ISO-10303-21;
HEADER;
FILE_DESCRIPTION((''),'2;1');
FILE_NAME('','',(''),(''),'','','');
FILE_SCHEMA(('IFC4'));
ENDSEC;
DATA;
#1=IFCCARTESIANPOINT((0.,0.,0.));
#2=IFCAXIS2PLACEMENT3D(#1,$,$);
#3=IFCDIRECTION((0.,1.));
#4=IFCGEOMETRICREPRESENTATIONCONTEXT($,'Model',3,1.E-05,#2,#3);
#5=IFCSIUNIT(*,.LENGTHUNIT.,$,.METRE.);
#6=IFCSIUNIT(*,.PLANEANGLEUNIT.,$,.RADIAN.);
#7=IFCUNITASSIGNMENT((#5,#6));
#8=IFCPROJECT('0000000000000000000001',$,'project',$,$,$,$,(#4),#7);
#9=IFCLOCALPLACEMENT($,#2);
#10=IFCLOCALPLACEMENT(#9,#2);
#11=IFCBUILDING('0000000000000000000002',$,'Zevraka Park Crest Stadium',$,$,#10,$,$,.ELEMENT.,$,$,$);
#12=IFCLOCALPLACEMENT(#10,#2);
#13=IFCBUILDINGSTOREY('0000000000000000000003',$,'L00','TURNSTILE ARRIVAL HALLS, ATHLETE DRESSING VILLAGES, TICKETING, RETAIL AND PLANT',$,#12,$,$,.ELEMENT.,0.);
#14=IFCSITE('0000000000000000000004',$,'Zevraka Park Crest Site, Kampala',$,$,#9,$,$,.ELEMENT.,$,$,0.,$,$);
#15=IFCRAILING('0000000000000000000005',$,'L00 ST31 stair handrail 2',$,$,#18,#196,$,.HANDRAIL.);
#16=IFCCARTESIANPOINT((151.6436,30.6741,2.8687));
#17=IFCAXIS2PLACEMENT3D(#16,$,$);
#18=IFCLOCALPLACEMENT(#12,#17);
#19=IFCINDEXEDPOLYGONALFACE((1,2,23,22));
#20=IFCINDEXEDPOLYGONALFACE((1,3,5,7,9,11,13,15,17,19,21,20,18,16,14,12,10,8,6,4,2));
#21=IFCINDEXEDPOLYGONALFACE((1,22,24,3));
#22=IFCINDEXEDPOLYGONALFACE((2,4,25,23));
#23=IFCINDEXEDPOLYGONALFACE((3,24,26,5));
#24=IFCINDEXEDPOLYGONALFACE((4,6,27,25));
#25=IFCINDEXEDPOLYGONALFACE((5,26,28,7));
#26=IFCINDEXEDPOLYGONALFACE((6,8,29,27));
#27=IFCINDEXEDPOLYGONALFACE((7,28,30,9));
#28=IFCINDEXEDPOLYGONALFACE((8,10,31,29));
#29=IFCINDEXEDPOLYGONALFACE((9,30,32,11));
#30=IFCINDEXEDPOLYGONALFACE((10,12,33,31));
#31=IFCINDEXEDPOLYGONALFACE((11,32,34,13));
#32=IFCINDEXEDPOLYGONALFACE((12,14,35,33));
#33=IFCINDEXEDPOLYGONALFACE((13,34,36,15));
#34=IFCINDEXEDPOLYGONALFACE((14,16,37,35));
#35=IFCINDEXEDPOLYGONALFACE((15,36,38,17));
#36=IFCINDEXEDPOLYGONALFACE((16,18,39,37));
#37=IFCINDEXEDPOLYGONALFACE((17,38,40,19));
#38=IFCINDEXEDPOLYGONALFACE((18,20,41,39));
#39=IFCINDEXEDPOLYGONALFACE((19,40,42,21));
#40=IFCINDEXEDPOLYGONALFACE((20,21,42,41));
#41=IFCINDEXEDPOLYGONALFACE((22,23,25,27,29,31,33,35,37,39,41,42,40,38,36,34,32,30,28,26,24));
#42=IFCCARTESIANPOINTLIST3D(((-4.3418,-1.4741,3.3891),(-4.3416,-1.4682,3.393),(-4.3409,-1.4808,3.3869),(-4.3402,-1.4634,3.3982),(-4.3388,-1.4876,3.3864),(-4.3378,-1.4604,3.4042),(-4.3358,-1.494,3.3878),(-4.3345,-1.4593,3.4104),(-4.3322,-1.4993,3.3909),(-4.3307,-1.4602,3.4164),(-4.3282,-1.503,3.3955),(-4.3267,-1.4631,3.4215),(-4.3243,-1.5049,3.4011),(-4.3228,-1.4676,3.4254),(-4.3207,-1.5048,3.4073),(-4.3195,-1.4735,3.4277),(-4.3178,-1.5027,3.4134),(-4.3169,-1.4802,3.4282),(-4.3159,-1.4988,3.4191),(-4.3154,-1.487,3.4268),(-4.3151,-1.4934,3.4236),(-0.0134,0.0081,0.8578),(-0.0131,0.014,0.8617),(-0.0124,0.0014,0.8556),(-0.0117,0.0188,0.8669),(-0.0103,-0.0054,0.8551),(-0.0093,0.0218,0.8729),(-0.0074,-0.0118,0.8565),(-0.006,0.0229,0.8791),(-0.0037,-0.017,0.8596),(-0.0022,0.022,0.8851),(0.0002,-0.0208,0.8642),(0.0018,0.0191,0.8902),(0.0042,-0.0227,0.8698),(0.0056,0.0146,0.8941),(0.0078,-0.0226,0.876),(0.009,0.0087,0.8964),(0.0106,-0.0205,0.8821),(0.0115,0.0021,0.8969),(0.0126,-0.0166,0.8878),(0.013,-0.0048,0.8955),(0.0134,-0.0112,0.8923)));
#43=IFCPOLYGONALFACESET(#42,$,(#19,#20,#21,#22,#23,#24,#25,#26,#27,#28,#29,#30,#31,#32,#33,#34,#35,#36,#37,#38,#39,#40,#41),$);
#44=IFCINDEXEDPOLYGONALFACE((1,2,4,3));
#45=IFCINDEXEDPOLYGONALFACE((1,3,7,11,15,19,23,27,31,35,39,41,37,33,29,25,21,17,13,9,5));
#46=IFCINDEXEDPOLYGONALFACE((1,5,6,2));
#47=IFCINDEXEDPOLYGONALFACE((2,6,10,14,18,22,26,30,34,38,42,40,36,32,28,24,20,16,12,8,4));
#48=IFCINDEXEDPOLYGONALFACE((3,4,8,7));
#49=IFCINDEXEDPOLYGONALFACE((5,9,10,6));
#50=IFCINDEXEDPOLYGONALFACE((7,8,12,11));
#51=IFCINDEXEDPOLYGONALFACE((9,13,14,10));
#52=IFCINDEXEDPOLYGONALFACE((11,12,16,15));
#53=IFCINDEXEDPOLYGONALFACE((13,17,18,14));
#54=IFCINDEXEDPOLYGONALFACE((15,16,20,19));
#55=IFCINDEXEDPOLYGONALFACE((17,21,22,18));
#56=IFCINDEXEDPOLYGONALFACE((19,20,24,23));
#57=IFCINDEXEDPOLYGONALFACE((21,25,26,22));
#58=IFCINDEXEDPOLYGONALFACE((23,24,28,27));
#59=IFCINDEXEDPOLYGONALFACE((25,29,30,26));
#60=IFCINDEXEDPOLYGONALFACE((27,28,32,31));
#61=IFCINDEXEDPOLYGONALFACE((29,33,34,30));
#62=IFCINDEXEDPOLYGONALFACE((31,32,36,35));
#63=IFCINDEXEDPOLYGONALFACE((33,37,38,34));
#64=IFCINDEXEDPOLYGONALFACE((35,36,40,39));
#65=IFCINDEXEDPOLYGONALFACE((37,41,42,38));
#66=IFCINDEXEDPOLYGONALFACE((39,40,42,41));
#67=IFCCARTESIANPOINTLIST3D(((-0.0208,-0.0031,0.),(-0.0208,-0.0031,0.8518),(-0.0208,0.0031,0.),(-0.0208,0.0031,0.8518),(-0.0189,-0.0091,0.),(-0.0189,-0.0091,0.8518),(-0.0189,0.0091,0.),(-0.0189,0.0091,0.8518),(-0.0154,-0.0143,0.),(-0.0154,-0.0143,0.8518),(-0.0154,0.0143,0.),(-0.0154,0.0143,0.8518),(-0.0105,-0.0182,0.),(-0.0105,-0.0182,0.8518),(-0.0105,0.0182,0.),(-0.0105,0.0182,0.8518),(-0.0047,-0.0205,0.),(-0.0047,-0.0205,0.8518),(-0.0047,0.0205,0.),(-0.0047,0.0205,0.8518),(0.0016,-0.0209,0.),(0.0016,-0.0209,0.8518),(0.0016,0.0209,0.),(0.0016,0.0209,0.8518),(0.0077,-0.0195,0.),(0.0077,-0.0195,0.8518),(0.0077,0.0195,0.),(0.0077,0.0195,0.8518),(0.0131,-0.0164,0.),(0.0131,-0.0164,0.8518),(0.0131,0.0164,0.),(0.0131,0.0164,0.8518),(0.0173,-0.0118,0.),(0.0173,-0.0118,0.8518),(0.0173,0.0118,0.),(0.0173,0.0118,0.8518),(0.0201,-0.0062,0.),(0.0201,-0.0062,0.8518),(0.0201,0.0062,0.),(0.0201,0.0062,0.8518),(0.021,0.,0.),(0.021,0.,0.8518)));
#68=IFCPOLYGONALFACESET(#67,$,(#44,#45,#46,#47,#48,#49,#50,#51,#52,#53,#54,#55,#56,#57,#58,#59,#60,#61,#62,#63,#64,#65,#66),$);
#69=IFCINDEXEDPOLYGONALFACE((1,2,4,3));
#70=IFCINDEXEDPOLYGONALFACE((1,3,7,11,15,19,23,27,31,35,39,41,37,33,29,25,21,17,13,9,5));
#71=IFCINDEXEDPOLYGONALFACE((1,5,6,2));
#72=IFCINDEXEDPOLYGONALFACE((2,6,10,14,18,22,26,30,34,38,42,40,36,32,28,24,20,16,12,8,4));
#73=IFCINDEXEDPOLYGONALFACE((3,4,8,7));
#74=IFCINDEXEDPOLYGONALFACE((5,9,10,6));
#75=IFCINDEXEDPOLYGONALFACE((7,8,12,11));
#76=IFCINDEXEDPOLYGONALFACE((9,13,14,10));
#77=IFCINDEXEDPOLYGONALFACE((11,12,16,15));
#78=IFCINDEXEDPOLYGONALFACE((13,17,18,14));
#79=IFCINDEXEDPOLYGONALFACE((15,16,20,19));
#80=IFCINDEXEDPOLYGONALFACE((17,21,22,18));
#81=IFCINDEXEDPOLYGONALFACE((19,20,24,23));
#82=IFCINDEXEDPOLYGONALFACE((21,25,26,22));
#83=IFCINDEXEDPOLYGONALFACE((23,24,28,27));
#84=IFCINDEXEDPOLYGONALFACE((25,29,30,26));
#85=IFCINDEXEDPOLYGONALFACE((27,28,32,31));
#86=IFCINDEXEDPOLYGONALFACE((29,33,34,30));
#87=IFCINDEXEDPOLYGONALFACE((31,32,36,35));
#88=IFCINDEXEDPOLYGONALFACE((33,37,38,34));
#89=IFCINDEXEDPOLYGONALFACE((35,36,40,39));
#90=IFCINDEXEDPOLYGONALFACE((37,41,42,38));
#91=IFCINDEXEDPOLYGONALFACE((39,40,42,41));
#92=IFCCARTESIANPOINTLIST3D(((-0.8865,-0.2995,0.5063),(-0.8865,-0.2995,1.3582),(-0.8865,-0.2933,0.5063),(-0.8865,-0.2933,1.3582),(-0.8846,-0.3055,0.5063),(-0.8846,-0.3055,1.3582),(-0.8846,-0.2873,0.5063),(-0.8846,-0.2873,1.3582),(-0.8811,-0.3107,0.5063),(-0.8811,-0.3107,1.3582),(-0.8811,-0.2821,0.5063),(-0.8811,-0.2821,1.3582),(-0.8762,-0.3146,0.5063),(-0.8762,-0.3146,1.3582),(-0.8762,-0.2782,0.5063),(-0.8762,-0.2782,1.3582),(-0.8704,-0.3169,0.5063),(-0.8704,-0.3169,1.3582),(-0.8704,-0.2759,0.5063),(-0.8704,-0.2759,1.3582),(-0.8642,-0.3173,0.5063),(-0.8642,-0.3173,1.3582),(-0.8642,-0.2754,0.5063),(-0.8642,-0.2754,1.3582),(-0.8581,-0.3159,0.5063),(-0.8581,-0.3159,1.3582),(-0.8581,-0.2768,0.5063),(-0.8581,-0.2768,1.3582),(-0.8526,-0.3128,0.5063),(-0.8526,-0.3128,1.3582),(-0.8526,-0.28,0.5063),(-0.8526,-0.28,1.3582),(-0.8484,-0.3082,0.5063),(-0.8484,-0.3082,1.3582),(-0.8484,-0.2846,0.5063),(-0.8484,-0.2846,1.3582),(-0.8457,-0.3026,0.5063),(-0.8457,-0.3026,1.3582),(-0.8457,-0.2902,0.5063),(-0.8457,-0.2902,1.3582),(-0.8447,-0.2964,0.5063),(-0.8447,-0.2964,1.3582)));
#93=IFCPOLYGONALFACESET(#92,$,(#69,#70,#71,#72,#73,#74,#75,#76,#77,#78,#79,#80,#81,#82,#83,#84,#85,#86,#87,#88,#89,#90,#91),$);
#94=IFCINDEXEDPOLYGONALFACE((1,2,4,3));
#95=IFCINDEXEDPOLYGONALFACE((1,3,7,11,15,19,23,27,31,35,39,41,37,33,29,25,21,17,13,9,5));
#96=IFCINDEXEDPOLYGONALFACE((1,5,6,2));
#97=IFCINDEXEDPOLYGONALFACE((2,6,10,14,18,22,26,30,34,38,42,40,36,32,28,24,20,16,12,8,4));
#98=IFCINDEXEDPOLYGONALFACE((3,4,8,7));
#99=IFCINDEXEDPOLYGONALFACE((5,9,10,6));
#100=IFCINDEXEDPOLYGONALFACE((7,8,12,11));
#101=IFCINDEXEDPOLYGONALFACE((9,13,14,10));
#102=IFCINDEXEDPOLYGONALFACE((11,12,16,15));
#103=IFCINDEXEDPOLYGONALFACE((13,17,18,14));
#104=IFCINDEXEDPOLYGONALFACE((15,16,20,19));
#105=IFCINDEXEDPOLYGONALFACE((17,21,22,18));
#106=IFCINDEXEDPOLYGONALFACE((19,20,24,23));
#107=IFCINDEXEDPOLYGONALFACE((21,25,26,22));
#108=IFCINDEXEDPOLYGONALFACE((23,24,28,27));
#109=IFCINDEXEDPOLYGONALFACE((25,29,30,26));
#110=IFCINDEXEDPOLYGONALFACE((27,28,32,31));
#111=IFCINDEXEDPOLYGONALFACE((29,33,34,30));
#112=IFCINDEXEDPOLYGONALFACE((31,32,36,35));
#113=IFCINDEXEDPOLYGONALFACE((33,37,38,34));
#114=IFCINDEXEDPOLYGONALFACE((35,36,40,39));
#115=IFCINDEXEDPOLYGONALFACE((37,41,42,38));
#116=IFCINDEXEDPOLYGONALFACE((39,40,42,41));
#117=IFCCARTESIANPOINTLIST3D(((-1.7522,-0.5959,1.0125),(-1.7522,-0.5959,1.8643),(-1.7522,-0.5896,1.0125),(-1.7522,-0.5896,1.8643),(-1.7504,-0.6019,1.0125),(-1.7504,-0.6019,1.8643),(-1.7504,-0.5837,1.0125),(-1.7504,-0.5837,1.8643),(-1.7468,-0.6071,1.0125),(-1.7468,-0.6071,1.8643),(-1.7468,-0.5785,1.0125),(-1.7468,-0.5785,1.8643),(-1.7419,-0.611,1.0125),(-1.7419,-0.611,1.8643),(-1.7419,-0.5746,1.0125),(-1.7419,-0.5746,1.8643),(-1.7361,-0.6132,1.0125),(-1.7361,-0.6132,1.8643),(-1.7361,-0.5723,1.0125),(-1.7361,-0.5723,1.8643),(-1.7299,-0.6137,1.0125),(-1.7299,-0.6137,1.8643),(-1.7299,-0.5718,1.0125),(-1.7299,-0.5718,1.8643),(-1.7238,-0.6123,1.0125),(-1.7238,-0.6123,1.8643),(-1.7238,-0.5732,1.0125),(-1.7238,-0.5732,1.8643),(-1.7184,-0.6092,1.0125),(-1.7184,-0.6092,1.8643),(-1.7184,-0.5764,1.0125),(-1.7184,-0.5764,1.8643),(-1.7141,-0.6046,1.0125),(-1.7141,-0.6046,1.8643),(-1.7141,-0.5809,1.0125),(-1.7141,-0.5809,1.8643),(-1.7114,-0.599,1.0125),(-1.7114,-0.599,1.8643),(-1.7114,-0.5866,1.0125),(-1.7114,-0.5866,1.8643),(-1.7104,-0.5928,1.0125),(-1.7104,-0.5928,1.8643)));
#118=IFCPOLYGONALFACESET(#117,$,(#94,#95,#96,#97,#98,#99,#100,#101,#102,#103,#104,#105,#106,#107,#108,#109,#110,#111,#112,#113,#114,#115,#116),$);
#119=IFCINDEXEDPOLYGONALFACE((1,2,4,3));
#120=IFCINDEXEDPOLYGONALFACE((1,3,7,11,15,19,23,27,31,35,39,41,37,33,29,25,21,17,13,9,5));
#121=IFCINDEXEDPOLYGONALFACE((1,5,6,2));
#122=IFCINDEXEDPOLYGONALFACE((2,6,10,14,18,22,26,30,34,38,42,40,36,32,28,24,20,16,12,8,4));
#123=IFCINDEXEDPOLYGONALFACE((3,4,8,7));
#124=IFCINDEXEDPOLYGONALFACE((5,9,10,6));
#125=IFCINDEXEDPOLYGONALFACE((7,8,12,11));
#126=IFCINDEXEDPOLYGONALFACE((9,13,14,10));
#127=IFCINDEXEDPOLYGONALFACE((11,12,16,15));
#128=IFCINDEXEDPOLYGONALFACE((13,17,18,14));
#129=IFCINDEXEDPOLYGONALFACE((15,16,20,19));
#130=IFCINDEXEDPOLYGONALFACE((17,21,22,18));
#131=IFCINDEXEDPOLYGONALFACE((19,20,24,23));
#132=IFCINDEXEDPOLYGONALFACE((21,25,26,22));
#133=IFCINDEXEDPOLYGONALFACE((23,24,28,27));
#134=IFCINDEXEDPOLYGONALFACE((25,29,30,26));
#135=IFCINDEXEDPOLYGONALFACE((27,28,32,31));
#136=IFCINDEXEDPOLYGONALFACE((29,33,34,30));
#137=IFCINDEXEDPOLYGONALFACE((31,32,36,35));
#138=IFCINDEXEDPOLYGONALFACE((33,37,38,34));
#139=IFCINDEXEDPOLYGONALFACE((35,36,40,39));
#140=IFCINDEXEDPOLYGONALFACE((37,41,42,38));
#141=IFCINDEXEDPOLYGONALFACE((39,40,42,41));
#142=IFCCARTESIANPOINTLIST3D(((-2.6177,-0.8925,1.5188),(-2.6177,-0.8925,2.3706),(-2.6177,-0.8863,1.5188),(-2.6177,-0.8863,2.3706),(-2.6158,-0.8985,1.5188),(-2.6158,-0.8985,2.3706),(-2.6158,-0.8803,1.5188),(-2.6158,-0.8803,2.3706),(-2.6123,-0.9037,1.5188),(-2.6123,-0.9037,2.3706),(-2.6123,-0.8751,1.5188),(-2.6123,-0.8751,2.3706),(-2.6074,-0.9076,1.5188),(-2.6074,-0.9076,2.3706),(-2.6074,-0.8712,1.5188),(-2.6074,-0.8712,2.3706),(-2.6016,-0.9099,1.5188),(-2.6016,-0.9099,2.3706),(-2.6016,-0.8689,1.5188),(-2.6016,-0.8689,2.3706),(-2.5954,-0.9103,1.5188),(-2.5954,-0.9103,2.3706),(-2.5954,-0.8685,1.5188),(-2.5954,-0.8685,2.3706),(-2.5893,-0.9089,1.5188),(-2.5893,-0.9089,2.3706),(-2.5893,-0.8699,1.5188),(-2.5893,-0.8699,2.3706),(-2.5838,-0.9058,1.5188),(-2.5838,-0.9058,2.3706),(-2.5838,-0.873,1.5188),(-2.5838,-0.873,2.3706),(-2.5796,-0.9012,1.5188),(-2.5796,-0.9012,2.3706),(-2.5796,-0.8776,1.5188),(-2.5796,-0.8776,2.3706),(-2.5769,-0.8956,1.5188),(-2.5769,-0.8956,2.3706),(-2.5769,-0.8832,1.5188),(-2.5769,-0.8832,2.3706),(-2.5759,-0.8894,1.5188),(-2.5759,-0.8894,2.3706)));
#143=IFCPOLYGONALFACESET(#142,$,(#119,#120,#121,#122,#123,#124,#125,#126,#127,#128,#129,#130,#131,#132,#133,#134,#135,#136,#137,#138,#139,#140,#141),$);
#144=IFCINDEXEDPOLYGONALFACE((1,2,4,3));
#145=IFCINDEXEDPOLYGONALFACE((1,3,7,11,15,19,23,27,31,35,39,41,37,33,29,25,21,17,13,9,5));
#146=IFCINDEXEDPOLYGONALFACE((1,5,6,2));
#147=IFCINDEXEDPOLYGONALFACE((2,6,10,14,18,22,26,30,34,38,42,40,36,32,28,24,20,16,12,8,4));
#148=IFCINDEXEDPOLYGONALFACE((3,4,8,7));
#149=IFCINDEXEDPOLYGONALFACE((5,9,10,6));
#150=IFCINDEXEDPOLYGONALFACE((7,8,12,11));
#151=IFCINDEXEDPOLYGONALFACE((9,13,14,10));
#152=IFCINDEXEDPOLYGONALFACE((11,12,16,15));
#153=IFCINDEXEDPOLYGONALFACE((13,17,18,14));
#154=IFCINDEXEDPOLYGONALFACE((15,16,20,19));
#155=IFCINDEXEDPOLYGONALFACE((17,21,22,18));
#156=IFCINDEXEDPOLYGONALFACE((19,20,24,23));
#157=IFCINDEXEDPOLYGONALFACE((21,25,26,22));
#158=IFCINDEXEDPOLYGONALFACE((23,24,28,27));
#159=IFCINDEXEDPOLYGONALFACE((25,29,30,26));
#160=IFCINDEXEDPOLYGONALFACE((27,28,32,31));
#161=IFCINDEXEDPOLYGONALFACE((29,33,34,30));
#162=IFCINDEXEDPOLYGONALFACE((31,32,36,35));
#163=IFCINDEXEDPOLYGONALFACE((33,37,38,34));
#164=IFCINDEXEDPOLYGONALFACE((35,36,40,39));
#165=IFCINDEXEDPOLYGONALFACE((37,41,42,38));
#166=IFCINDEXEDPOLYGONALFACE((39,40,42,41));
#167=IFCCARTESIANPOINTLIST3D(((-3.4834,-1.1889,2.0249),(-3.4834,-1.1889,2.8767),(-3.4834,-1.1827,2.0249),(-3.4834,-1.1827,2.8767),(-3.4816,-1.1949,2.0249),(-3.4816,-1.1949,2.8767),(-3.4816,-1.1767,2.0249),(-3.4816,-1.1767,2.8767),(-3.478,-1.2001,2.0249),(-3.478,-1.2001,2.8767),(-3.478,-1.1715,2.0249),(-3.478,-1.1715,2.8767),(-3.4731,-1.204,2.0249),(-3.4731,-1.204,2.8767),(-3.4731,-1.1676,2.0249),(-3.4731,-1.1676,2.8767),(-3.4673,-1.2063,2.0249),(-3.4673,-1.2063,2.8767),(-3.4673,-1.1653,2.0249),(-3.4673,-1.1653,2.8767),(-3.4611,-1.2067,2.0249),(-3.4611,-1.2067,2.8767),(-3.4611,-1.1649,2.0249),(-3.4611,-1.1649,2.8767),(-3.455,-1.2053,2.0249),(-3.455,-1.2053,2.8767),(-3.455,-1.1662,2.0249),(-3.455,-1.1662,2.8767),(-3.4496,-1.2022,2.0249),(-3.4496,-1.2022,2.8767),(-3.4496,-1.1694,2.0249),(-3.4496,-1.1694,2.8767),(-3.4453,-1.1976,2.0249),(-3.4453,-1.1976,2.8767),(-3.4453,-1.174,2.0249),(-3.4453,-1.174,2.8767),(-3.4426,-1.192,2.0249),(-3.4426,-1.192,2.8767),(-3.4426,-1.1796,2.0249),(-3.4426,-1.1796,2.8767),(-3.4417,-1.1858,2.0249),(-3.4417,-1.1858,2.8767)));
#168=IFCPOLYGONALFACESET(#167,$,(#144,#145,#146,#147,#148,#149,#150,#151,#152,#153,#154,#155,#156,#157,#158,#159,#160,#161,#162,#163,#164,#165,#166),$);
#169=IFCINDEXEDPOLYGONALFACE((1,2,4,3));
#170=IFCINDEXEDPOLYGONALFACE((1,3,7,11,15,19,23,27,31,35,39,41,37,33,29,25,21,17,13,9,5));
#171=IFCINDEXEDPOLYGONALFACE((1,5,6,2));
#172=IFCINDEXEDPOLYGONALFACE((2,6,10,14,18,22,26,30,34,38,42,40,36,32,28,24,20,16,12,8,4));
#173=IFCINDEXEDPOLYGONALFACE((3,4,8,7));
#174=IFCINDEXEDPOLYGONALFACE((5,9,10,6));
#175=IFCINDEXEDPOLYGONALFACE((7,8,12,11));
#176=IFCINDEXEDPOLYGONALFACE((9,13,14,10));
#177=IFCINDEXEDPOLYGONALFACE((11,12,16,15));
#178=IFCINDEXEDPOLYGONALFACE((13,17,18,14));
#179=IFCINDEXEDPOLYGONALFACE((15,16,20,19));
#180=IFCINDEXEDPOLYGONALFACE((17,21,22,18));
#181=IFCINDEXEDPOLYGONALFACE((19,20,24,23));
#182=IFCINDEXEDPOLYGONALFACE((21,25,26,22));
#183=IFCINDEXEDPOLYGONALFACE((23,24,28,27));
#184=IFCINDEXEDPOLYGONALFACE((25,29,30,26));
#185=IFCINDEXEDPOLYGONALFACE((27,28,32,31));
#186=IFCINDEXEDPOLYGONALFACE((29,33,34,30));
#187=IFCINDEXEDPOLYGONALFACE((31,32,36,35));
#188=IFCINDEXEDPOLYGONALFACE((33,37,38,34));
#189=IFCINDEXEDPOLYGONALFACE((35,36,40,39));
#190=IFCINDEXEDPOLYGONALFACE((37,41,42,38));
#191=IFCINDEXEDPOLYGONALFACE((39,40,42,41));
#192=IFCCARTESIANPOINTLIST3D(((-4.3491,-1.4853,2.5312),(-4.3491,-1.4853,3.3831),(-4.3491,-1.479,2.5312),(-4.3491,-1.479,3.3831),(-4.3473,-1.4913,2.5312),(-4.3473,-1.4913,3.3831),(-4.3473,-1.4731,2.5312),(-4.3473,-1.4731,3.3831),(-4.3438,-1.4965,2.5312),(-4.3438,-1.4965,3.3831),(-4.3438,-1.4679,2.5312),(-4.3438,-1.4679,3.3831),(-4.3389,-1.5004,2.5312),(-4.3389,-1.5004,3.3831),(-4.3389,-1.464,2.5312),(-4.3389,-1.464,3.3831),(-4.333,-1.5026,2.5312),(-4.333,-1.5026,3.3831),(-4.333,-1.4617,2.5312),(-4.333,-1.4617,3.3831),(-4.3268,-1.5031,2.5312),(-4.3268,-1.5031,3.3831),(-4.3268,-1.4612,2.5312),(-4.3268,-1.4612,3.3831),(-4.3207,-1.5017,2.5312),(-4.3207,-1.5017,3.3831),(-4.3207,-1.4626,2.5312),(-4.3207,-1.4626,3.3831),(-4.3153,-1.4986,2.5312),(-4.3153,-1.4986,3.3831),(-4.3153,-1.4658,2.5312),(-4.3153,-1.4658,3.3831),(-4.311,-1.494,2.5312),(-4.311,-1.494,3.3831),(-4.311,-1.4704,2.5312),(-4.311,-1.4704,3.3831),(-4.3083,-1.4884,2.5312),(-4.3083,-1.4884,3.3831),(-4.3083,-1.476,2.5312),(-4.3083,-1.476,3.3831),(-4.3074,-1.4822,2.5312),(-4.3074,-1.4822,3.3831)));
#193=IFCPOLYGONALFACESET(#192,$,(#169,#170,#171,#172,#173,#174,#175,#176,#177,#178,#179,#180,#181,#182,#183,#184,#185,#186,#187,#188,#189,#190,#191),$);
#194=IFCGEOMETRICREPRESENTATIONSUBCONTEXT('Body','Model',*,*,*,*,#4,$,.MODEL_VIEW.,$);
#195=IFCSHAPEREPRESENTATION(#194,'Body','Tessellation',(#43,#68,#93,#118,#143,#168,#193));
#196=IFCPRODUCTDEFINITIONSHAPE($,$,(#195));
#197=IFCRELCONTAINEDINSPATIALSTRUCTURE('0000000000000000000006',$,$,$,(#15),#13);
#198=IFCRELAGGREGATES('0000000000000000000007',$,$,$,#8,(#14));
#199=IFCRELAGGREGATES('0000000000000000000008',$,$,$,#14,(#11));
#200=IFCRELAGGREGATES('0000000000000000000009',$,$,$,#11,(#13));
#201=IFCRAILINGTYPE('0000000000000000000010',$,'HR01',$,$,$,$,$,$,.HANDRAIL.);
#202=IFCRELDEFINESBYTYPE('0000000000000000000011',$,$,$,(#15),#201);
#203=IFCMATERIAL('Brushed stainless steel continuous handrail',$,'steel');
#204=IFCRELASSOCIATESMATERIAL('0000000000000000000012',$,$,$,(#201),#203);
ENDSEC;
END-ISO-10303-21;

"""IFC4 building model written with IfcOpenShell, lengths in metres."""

from ifc_helpers import new_model, si_unit, direction, frame, origin, origin_2d, place, context, subcontext, project, spatial, circle, extrude, material, type_object, element, save


model = new_model("IFC4")

# Units and contexts
model_context = context("Model", 3, precision=1e-05, world=origin(), true_north=direction((0.0, 1.0)))
body_context = subcontext(model_context, "Body", "Model", "MODEL_VIEW")
ifc_project = project(units=[si_unit("LENGTHUNIT", "METRE"), si_unit("PLANEANGLEUNIT", "RADIAN")], contexts=[model_context])

# Site, building, storey
site_placement = place(None, origin())
site = spatial("IfcSite", under=ifc_project, at=site_placement, Name="Zevraka Park Crest Site, Kampala", CompositionType="ELEMENT", RefElevation=0.0)
building_placement = place(site_placement, origin())
building = spatial("IfcBuilding", under=site, at=building_placement, Name="Zevraka Park Crest Stadium", CompositionType="ELEMENT")
storey_placement = place(building_placement, origin())
storey = spatial("IfcBuildingStorey", under=building, at=storey_placement, Name="L00", Description="TURNSTILE ARRIVAL HALLS, ATHLETE DRESSING VILLAGES, TICKETING, RETAIL AND PLANT", CompositionType="ELEMENT", Elevation=0.0)

# Railing
ifc_material_1 = material(Name="Brushed stainless steel continuous handrail", Category="steel")
railing_type_1 = type_object("IfcRailingType", Name="HR01", PredefinedType="HANDRAIL", material=ifc_material_1)
for number, where, name in (
    (1, (151.6436, 30.6741, 2.8687), "L00 ST31 stair handrail 2"),
):
    element("IfcRailing", number, at=place(storey_placement, frame(where)), inside=storey, type_object=railing_type_1, Name=name, PredefinedType="HANDRAIL", context=body_context, shape_type="SweptSolid", body=[
        extrude(circle(Radius=0.0239, at=origin_2d()), frame((0.0, 0.0, 0.876), z_axis=(-0.827817, -0.283472, 0.484111), x_axis=(0.323965, -0.946069, 0.0)), (0.0, 0.0, 1.0), 5.2288),
        extrude(circle(Radius=0.021, at=origin_2d()), origin(), (0.0, 0.0, 1.0), 0.8518),
        extrude(circle(Radius=0.021, at=origin_2d()), frame((-0.8657, -0.2964, 0.5063)), (0.0, 0.0, 1.0), 0.8518),
        extrude(circle(Radius=0.021, at=origin_2d()), frame((-1.7314, -0.5928, 1.0125)), (0.0, 0.0, 1.0), 0.8518),
        extrude(circle(Radius=0.021, at=origin_2d()), frame((-2.5969, -0.8894, 1.5188)), (0.0, 0.0, 1.0), 0.8518),
        extrude(circle(Radius=0.021, at=origin_2d()), frame((-3.4626, -1.1858, 2.0249)), (0.0, 0.0, 1.0), 0.8518),
        extrude(circle(Radius=0.021, at=origin_2d()), frame((-4.3284, -1.4822, 2.5312)), (0.0, 0.0, 1.0), 0.8518),
    ])

save(model, "model.ifc")
